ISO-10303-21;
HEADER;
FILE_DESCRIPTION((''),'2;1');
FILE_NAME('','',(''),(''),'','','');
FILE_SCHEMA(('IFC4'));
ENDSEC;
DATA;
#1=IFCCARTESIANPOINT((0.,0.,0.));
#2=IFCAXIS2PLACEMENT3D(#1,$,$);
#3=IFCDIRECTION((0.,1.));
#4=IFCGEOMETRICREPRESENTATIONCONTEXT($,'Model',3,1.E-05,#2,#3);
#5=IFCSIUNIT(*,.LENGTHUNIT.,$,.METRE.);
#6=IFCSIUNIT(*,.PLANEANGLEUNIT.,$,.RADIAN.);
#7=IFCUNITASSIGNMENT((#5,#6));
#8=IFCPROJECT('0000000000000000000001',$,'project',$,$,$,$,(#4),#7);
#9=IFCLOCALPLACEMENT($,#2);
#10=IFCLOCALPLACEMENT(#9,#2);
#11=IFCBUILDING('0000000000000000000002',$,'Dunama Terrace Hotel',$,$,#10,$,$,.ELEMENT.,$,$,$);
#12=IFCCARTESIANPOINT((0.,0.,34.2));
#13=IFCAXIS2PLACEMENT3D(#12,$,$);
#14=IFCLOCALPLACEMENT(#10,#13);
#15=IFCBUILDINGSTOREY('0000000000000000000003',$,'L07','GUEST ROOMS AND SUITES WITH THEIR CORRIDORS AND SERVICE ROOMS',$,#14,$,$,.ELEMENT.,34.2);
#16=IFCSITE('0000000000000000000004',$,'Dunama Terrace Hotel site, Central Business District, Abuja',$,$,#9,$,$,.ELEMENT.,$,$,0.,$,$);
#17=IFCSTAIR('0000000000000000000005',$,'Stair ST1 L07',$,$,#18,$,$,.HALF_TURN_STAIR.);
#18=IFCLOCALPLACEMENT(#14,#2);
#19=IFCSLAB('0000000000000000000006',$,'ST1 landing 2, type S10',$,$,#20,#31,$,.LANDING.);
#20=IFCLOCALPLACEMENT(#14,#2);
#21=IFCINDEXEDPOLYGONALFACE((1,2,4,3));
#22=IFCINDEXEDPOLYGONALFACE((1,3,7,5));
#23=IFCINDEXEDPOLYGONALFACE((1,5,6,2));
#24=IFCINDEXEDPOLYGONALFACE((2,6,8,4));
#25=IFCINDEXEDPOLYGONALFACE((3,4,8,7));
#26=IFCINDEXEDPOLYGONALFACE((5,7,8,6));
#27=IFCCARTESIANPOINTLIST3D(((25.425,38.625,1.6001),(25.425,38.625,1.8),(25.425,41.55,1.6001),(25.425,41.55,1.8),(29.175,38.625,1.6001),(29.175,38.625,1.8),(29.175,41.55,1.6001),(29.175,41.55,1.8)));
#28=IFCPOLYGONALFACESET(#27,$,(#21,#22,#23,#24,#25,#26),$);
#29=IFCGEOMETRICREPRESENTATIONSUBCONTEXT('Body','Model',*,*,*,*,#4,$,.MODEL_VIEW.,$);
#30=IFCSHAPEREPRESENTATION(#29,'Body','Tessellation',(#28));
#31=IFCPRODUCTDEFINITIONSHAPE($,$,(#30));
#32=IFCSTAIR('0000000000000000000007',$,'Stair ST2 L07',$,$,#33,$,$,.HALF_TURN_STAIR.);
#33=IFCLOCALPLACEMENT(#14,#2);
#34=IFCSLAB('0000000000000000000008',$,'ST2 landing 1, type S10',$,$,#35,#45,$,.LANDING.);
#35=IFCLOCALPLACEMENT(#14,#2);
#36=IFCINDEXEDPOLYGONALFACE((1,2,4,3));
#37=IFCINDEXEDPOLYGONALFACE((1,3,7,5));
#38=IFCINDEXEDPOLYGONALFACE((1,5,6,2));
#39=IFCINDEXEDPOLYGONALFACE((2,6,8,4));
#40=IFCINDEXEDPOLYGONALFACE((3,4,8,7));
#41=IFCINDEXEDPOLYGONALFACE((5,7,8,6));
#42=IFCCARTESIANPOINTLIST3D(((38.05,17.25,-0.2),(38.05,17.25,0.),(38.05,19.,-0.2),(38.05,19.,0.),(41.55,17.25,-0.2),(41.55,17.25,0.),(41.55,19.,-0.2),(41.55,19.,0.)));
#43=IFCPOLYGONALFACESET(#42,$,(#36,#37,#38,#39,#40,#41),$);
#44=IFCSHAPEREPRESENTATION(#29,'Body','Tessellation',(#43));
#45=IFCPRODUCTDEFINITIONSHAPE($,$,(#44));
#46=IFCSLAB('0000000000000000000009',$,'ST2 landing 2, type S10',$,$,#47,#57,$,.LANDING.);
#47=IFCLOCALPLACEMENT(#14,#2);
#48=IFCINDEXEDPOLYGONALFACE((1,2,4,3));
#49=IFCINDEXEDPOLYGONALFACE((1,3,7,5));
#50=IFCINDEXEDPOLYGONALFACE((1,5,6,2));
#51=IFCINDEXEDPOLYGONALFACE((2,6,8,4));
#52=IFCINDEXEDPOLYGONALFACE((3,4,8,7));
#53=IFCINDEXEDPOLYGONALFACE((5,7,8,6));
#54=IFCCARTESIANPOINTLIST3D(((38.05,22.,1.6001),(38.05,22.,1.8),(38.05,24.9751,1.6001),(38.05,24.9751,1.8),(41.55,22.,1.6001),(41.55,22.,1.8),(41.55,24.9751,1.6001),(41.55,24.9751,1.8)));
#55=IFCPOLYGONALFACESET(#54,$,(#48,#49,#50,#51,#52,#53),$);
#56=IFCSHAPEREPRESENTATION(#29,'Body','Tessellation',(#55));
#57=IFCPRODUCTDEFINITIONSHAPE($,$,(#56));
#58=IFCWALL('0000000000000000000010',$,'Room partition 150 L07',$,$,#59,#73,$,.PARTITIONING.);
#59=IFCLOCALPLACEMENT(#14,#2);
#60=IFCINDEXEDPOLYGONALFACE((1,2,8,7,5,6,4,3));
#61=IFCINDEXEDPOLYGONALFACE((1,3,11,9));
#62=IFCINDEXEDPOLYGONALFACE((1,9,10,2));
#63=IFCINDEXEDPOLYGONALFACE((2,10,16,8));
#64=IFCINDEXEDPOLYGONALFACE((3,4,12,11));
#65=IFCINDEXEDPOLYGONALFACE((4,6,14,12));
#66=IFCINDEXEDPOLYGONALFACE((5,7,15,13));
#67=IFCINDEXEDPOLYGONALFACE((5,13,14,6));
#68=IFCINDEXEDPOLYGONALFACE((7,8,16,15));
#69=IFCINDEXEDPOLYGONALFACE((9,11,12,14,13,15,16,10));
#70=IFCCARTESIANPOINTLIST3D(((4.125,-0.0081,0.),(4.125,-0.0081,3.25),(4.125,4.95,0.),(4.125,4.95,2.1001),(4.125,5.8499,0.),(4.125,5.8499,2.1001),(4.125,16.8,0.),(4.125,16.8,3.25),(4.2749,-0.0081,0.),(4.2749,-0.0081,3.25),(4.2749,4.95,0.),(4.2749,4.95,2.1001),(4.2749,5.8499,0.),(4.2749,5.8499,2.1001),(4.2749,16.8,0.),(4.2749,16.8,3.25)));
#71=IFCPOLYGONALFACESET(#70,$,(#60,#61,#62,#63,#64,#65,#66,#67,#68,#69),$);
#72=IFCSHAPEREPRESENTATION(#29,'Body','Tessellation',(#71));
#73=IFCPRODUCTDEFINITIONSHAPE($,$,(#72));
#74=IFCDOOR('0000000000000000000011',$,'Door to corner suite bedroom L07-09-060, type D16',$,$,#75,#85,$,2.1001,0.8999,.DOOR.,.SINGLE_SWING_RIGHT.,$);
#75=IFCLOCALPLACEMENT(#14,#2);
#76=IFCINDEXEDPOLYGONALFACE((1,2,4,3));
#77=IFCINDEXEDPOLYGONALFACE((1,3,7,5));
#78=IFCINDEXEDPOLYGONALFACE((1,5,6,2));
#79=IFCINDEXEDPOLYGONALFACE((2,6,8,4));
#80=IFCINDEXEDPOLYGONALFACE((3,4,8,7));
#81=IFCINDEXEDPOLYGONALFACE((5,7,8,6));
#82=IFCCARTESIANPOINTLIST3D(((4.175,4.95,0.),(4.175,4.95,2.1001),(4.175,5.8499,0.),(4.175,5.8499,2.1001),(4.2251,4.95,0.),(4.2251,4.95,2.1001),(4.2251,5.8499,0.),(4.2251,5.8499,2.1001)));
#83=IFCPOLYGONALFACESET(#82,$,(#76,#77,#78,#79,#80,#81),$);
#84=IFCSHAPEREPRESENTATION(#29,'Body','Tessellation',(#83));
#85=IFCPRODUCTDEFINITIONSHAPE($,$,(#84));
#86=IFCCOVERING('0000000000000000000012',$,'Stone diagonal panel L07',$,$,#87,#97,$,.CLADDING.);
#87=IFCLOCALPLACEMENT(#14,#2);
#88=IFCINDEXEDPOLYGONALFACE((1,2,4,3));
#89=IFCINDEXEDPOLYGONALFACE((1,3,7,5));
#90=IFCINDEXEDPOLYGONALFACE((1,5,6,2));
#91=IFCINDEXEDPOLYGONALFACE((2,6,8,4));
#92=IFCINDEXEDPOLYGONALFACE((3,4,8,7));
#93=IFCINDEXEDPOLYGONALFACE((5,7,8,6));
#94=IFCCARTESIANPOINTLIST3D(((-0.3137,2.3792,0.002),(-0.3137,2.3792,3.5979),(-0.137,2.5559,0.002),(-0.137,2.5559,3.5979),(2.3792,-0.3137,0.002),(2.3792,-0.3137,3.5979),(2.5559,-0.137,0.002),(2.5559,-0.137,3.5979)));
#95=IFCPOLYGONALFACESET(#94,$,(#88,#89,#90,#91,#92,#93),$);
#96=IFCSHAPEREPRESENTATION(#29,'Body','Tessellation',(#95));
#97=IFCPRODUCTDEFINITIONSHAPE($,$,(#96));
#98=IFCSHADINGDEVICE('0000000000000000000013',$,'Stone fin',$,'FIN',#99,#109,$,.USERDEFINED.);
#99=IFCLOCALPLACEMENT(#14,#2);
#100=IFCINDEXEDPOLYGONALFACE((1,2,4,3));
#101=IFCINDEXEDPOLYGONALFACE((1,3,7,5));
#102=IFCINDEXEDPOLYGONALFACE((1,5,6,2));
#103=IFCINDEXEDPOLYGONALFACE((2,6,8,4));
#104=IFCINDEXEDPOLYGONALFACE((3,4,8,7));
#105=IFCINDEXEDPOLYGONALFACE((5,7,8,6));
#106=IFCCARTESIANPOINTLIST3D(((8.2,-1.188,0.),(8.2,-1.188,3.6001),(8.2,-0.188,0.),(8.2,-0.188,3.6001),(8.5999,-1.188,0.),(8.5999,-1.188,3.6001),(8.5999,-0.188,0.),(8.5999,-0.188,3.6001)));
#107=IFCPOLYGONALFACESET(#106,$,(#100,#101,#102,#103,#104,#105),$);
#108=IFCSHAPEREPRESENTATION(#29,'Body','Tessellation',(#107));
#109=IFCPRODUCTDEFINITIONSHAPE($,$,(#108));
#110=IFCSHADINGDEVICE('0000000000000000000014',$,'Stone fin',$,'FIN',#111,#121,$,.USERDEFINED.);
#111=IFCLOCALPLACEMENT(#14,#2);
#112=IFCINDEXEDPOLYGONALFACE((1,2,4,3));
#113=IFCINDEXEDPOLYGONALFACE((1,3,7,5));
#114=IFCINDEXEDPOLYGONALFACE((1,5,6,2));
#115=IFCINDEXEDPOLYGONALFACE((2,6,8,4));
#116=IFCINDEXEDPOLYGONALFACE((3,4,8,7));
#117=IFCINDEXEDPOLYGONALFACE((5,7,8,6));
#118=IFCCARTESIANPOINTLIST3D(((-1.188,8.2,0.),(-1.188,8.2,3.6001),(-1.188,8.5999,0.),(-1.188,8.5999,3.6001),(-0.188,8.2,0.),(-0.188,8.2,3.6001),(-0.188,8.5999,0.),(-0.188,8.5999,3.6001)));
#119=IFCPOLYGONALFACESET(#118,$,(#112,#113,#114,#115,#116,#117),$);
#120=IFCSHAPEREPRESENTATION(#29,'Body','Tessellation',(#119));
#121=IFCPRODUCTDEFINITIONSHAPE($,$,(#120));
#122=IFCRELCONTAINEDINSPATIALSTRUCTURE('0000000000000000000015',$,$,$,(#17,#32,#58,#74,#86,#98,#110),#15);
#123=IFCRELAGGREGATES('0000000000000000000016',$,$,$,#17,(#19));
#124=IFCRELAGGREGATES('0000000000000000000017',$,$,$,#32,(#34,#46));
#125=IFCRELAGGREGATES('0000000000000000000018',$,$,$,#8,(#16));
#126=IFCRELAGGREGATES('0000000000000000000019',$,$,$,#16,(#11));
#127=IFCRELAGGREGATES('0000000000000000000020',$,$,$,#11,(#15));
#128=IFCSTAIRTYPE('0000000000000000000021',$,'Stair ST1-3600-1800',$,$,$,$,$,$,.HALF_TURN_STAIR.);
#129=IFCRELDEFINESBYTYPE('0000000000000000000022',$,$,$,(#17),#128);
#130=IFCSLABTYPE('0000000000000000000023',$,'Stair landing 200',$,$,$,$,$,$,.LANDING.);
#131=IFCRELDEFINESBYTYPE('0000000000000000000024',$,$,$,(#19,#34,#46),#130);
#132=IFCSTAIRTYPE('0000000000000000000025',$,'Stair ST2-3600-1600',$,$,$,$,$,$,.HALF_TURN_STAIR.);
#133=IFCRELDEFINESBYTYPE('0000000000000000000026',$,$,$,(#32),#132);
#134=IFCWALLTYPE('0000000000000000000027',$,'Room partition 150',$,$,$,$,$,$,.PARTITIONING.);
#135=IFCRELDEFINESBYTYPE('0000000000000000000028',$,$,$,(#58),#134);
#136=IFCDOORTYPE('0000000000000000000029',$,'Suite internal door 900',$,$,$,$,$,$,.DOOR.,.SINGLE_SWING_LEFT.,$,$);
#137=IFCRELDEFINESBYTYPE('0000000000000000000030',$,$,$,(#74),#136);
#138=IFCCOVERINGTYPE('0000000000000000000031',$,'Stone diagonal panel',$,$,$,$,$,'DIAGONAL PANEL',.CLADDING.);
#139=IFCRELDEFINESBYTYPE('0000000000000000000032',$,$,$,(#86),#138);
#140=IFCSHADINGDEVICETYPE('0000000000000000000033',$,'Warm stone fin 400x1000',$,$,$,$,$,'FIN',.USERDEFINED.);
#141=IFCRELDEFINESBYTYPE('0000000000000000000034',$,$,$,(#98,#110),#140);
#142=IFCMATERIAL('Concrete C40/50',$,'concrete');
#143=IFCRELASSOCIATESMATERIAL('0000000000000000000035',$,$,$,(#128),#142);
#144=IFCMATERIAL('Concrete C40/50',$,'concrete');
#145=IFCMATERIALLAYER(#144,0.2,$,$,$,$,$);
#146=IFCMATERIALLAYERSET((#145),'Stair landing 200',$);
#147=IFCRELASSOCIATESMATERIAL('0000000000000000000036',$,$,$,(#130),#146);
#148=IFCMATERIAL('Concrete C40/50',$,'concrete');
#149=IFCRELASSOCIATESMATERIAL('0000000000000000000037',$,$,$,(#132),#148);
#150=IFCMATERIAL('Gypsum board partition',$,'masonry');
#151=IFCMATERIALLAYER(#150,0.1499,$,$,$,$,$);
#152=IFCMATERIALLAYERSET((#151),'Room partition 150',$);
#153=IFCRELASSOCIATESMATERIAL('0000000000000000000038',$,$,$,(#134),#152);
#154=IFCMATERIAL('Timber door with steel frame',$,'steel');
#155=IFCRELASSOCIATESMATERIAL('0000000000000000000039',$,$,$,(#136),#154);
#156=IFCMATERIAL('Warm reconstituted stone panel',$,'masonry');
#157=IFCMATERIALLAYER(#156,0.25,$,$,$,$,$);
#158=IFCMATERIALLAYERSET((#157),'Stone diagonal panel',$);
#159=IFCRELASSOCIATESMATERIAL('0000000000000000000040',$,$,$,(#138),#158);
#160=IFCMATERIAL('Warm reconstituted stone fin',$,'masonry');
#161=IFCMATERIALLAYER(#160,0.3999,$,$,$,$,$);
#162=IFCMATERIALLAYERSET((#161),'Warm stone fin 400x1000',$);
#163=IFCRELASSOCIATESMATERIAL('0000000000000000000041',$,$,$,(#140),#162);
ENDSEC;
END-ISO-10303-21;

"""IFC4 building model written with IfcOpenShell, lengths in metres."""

from ifc_helpers import new_model, si_unit, direction, frame, frame_2d, origin, origin_2d, place, context, subcontext, project, spatial, polyline, rectangle, outline, extrude, material, layer, layer_set, type_object, element, fill, aggregate, save


model = new_model("IFC4")

# Units and contexts
model_context = context("Model", 3, precision=1e-05, world=origin(), true_north=direction((0.0, 1.0)))
body_context = subcontext(model_context, "Body", "Model", "MODEL_VIEW")
ifc_project = project(units=[si_unit("LENGTHUNIT", "METRE"), si_unit("PLANEANGLEUNIT", "RADIAN")], contexts=[model_context])

# Site, building, storey
site_placement = place(None, origin())
site = spatial("IfcSite", under=ifc_project, at=site_placement, Name="Dunama Terrace Hotel site, Central Business District, Abuja", CompositionType="ELEMENT", RefElevation=0.0)
building_placement = place(site_placement, origin())
building = spatial("IfcBuilding", under=site, at=building_placement, Name="Dunama Terrace Hotel", CompositionType="ELEMENT")
storey_placement = place(building_placement, frame((0.0, 0.0, 34.2)))
storey = spatial("IfcBuildingStorey", under=building, at=storey_placement, Name="L07", Description="GUEST ROOMS AND SUITES WITH THEIR CORRIDORS AND SERVICE ROOMS", CompositionType="ELEMENT", Elevation=34.2)

# Stairs, slabs
ifc_material_1 = material(Name="Concrete C40/50", Category="concrete")
stair_type_1 = type_object("IfcStairType", Name="Stair ST1-3600-1800", PredefinedType="HALF_TURN_STAIR", material=ifc_material_1)
stair_1_placement = place(storey_placement, origin())
stair_1 = element("IfcStair", 1, at=stair_1_placement, inside=storey, type_object=stair_type_1, Name="Stair ST1 L07", PredefinedType="HALF_TURN_STAIR")
ifc_material_2 = material(Name="Concrete C40/50", Category="concrete")
ifc_layer_1 = layer(ifc_material_2, 0.2)
ifc_layer_set_1 = layer_set([ifc_layer_1], Name="Stair landing 200")
slab_type_1 = type_object("IfcSlabType", Name="Stair landing 200", PredefinedType="LANDING", material=ifc_layer_set_1)
slab_1_placement = place(storey_placement, frame((0.0, 0.0, 1.6001)))
slab_1 = element("IfcSlab", 2, at=slab_1_placement, type_object=slab_type_1, Name="ST1 landing 2, type S10", PredefinedType="LANDING", context=body_context, shape_type="SweptSolid", body=[
    extrude(outline(polyline([(25.425, 38.625), (29.175, 38.625), (29.175, 41.55), (25.425, 41.55), (25.425, 38.625)])), origin(), (0.0, 0.0, 1.0), 0.2),
])
aggregate(stair_1, [slab_1])
ifc_material_3 = material(Name="Concrete C40/50", Category="concrete")
stair_type_2 = type_object("IfcStairType", Name="Stair ST2-3600-1600", PredefinedType="HALF_TURN_STAIR", material=ifc_material_3)
stair_2_placement = place(storey_placement, origin())
stair_2 = element("IfcStair", 3, at=stair_2_placement, inside=storey, type_object=stair_type_2, Name="Stair ST2 L07", PredefinedType="HALF_TURN_STAIR")
slab_2_placement = place(storey_placement, frame((0.0, 0.0, -0.2)))
slab_2 = element("IfcSlab", 4, at=slab_2_placement, type_object=slab_type_1, Name="ST2 landing 1, type S10", PredefinedType="LANDING", context=body_context, shape_type="SweptSolid", body=[
    extrude(outline(polyline([(38.05, 17.25), (41.55, 17.25), (41.55, 19.0), (38.05, 19.0), (38.05, 17.25)])), origin(), (0.0, 0.0, 1.0), 0.2),
])
slab_3_placement = place(storey_placement, frame((0.0, 0.0, 1.6001)))
slab_3 = element("IfcSlab", 5, at=slab_3_placement, type_object=slab_type_1, Name="ST2 landing 2, type S10", PredefinedType="LANDING", context=body_context, shape_type="SweptSolid", body=[
    extrude(outline(polyline([(38.05, 22.0), (41.55, 22.0), (41.55, 24.9751), (38.05, 24.9751), (38.05, 22.0)])), origin(), (0.0, 0.0, 1.0), 0.2),
])
aggregate(stair_2, [slab_2, slab_3])

# Wall, opening, door
ifc_material_4 = material(Name="Gypsum board partition", Category="masonry")
ifc_layer_2 = layer(ifc_material_4, 0.1499)
ifc_layer_set_2 = layer_set([ifc_layer_2], Name="Room partition 150")
wall_type = type_object("IfcWallType", Name="Room partition 150", PredefinedType="PARTITIONING", material=ifc_layer_set_2)
wall_placement = place(storey_placement, frame((4.2, -0.0081, 0.0), z_axis=(0.0, 0.0, 1.0), x_axis=(0.0, 1.0, 0.0)))
wall = element("IfcWall", 6, at=wall_placement, inside=storey, type_object=wall_type, Name="Room partition 150 L07", PredefinedType="PARTITIONING", context=body_context, shape_type="SweptSolid", body=[
    extrude(rectangle(XDim=16.8081, YDim=0.1499, at=frame_2d((8.4041, 0.0))), origin(), (0.0, 0.0, 1.0), 3.25),
])
opening_placement = place(wall_placement, frame((4.958, 0.0, 0.0)))
opening = element("IfcOpeningElement", 7, at=opening_placement, cuts=wall, PredefinedType="OPENING", context=body_context, shape_type="SweptSolid", body=[
    extrude(rectangle(XDim=0.8999, YDim=2.1001, at=frame_2d((0.45, 1.05))), frame((0.0, 0.085, 0.0), z_axis=(0.0, -1.0, 0.0), x_axis=(1.0, 0.0, 0.0)), (0.0, 0.0, 1.0), 0.1699),
])
ifc_material_5 = material(Name="Timber door with steel frame", Category="steel")
door_type = type_object("IfcDoorType", Name="Suite internal door 900", OperationType="SINGLE_SWING_LEFT", PredefinedType="DOOR", material=ifc_material_5)
door_placement = place(opening_placement, origin())
door = element("IfcDoor", 8, at=door_placement, inside=storey, type_object=door_type, Name="Door to corner suite bedroom L07-09-060, type D16", OperationType="SINGLE_SWING_RIGHT", OverallHeight=2.1001, OverallWidth=0.8999, PredefinedType="DOOR", context=body_context, shape_type="SweptSolid", body=[
    extrude(rectangle(XDim=0.8999, YDim=2.1001, at=frame_2d((0.45, 1.05))), frame((0.0, 0.0249, 0.0), z_axis=(0.0, -1.0, 0.0), x_axis=(1.0, 0.0, 0.0)), (0.0, 0.0, 1.0), 0.05),
])
fill(opening, door)

# Covering
ifc_material_6 = material(Name="Warm reconstituted stone panel", Category="masonry")
ifc_layer_3 = layer(ifc_material_6, 0.25)
ifc_layer_set_3 = layer_set([ifc_layer_3], Name="Stone diagonal panel")
covering_type = type_object("IfcCoveringType", Name="Stone diagonal panel", ElementType="DIAGONAL PANEL", PredefinedType="CLADDING", material=ifc_layer_set_3)
covering_placement = place(storey_placement, frame((1.1211, 1.1211, 0.002), z_axis=(0.0, 0.0, 1.0), x_axis=(0.707107, -0.707107, 0.0)))
element("IfcCovering", 9, at=covering_placement, inside=storey, type_object=covering_type, Name="Stone diagonal panel L07", PredefinedType="CLADDING", context=body_context, shape_type="SweptSolid", body=[
    extrude(rectangle(XDim=3.8083, YDim=0.25, at=origin_2d()), origin(), (0.0, 0.0, 1.0), 3.5959),
])

# Shading devices
ifc_material_7 = material(Name="Warm reconstituted stone fin", Category="masonry")
ifc_layer_4 = layer(ifc_material_7, 0.3999)
ifc_layer_set_4 = layer_set([ifc_layer_4], Name="Warm stone fin 400x1000")
shading_device_type = type_object("IfcShadingDeviceType", Name="Warm stone fin 400x1000", ElementType="FIN", PredefinedType="USERDEFINED", material=ifc_layer_set_4)
for number, where, z_axis, x_axis, name in (
    (10, (8.3999, -0.688, 0.0), (0.0, 0.0, 1.0), (1.0, 0.0, 0.0), "Stone fin"),
    (11, (-0.688, 8.3999, 0.0), (0.0, 0.0, 1.0), (0.0, -1.0, 0.0), "Stone fin"),
):
    element("IfcShadingDevice", number, at=place(storey_placement, frame(where, z_axis=z_axis, x_axis=x_axis)), inside=storey, type_object=shading_device_type, Name=name, ObjectType="FIN", PredefinedType="USERDEFINED", context=body_context, shape_type="SweptSolid", body=[
        extrude(rectangle(XDim=0.3999, YDim=1.0, at=origin_2d()), origin(), (0.0, 0.0, 1.0), 3.6001),
    ])

save(model, "model.ifc")
